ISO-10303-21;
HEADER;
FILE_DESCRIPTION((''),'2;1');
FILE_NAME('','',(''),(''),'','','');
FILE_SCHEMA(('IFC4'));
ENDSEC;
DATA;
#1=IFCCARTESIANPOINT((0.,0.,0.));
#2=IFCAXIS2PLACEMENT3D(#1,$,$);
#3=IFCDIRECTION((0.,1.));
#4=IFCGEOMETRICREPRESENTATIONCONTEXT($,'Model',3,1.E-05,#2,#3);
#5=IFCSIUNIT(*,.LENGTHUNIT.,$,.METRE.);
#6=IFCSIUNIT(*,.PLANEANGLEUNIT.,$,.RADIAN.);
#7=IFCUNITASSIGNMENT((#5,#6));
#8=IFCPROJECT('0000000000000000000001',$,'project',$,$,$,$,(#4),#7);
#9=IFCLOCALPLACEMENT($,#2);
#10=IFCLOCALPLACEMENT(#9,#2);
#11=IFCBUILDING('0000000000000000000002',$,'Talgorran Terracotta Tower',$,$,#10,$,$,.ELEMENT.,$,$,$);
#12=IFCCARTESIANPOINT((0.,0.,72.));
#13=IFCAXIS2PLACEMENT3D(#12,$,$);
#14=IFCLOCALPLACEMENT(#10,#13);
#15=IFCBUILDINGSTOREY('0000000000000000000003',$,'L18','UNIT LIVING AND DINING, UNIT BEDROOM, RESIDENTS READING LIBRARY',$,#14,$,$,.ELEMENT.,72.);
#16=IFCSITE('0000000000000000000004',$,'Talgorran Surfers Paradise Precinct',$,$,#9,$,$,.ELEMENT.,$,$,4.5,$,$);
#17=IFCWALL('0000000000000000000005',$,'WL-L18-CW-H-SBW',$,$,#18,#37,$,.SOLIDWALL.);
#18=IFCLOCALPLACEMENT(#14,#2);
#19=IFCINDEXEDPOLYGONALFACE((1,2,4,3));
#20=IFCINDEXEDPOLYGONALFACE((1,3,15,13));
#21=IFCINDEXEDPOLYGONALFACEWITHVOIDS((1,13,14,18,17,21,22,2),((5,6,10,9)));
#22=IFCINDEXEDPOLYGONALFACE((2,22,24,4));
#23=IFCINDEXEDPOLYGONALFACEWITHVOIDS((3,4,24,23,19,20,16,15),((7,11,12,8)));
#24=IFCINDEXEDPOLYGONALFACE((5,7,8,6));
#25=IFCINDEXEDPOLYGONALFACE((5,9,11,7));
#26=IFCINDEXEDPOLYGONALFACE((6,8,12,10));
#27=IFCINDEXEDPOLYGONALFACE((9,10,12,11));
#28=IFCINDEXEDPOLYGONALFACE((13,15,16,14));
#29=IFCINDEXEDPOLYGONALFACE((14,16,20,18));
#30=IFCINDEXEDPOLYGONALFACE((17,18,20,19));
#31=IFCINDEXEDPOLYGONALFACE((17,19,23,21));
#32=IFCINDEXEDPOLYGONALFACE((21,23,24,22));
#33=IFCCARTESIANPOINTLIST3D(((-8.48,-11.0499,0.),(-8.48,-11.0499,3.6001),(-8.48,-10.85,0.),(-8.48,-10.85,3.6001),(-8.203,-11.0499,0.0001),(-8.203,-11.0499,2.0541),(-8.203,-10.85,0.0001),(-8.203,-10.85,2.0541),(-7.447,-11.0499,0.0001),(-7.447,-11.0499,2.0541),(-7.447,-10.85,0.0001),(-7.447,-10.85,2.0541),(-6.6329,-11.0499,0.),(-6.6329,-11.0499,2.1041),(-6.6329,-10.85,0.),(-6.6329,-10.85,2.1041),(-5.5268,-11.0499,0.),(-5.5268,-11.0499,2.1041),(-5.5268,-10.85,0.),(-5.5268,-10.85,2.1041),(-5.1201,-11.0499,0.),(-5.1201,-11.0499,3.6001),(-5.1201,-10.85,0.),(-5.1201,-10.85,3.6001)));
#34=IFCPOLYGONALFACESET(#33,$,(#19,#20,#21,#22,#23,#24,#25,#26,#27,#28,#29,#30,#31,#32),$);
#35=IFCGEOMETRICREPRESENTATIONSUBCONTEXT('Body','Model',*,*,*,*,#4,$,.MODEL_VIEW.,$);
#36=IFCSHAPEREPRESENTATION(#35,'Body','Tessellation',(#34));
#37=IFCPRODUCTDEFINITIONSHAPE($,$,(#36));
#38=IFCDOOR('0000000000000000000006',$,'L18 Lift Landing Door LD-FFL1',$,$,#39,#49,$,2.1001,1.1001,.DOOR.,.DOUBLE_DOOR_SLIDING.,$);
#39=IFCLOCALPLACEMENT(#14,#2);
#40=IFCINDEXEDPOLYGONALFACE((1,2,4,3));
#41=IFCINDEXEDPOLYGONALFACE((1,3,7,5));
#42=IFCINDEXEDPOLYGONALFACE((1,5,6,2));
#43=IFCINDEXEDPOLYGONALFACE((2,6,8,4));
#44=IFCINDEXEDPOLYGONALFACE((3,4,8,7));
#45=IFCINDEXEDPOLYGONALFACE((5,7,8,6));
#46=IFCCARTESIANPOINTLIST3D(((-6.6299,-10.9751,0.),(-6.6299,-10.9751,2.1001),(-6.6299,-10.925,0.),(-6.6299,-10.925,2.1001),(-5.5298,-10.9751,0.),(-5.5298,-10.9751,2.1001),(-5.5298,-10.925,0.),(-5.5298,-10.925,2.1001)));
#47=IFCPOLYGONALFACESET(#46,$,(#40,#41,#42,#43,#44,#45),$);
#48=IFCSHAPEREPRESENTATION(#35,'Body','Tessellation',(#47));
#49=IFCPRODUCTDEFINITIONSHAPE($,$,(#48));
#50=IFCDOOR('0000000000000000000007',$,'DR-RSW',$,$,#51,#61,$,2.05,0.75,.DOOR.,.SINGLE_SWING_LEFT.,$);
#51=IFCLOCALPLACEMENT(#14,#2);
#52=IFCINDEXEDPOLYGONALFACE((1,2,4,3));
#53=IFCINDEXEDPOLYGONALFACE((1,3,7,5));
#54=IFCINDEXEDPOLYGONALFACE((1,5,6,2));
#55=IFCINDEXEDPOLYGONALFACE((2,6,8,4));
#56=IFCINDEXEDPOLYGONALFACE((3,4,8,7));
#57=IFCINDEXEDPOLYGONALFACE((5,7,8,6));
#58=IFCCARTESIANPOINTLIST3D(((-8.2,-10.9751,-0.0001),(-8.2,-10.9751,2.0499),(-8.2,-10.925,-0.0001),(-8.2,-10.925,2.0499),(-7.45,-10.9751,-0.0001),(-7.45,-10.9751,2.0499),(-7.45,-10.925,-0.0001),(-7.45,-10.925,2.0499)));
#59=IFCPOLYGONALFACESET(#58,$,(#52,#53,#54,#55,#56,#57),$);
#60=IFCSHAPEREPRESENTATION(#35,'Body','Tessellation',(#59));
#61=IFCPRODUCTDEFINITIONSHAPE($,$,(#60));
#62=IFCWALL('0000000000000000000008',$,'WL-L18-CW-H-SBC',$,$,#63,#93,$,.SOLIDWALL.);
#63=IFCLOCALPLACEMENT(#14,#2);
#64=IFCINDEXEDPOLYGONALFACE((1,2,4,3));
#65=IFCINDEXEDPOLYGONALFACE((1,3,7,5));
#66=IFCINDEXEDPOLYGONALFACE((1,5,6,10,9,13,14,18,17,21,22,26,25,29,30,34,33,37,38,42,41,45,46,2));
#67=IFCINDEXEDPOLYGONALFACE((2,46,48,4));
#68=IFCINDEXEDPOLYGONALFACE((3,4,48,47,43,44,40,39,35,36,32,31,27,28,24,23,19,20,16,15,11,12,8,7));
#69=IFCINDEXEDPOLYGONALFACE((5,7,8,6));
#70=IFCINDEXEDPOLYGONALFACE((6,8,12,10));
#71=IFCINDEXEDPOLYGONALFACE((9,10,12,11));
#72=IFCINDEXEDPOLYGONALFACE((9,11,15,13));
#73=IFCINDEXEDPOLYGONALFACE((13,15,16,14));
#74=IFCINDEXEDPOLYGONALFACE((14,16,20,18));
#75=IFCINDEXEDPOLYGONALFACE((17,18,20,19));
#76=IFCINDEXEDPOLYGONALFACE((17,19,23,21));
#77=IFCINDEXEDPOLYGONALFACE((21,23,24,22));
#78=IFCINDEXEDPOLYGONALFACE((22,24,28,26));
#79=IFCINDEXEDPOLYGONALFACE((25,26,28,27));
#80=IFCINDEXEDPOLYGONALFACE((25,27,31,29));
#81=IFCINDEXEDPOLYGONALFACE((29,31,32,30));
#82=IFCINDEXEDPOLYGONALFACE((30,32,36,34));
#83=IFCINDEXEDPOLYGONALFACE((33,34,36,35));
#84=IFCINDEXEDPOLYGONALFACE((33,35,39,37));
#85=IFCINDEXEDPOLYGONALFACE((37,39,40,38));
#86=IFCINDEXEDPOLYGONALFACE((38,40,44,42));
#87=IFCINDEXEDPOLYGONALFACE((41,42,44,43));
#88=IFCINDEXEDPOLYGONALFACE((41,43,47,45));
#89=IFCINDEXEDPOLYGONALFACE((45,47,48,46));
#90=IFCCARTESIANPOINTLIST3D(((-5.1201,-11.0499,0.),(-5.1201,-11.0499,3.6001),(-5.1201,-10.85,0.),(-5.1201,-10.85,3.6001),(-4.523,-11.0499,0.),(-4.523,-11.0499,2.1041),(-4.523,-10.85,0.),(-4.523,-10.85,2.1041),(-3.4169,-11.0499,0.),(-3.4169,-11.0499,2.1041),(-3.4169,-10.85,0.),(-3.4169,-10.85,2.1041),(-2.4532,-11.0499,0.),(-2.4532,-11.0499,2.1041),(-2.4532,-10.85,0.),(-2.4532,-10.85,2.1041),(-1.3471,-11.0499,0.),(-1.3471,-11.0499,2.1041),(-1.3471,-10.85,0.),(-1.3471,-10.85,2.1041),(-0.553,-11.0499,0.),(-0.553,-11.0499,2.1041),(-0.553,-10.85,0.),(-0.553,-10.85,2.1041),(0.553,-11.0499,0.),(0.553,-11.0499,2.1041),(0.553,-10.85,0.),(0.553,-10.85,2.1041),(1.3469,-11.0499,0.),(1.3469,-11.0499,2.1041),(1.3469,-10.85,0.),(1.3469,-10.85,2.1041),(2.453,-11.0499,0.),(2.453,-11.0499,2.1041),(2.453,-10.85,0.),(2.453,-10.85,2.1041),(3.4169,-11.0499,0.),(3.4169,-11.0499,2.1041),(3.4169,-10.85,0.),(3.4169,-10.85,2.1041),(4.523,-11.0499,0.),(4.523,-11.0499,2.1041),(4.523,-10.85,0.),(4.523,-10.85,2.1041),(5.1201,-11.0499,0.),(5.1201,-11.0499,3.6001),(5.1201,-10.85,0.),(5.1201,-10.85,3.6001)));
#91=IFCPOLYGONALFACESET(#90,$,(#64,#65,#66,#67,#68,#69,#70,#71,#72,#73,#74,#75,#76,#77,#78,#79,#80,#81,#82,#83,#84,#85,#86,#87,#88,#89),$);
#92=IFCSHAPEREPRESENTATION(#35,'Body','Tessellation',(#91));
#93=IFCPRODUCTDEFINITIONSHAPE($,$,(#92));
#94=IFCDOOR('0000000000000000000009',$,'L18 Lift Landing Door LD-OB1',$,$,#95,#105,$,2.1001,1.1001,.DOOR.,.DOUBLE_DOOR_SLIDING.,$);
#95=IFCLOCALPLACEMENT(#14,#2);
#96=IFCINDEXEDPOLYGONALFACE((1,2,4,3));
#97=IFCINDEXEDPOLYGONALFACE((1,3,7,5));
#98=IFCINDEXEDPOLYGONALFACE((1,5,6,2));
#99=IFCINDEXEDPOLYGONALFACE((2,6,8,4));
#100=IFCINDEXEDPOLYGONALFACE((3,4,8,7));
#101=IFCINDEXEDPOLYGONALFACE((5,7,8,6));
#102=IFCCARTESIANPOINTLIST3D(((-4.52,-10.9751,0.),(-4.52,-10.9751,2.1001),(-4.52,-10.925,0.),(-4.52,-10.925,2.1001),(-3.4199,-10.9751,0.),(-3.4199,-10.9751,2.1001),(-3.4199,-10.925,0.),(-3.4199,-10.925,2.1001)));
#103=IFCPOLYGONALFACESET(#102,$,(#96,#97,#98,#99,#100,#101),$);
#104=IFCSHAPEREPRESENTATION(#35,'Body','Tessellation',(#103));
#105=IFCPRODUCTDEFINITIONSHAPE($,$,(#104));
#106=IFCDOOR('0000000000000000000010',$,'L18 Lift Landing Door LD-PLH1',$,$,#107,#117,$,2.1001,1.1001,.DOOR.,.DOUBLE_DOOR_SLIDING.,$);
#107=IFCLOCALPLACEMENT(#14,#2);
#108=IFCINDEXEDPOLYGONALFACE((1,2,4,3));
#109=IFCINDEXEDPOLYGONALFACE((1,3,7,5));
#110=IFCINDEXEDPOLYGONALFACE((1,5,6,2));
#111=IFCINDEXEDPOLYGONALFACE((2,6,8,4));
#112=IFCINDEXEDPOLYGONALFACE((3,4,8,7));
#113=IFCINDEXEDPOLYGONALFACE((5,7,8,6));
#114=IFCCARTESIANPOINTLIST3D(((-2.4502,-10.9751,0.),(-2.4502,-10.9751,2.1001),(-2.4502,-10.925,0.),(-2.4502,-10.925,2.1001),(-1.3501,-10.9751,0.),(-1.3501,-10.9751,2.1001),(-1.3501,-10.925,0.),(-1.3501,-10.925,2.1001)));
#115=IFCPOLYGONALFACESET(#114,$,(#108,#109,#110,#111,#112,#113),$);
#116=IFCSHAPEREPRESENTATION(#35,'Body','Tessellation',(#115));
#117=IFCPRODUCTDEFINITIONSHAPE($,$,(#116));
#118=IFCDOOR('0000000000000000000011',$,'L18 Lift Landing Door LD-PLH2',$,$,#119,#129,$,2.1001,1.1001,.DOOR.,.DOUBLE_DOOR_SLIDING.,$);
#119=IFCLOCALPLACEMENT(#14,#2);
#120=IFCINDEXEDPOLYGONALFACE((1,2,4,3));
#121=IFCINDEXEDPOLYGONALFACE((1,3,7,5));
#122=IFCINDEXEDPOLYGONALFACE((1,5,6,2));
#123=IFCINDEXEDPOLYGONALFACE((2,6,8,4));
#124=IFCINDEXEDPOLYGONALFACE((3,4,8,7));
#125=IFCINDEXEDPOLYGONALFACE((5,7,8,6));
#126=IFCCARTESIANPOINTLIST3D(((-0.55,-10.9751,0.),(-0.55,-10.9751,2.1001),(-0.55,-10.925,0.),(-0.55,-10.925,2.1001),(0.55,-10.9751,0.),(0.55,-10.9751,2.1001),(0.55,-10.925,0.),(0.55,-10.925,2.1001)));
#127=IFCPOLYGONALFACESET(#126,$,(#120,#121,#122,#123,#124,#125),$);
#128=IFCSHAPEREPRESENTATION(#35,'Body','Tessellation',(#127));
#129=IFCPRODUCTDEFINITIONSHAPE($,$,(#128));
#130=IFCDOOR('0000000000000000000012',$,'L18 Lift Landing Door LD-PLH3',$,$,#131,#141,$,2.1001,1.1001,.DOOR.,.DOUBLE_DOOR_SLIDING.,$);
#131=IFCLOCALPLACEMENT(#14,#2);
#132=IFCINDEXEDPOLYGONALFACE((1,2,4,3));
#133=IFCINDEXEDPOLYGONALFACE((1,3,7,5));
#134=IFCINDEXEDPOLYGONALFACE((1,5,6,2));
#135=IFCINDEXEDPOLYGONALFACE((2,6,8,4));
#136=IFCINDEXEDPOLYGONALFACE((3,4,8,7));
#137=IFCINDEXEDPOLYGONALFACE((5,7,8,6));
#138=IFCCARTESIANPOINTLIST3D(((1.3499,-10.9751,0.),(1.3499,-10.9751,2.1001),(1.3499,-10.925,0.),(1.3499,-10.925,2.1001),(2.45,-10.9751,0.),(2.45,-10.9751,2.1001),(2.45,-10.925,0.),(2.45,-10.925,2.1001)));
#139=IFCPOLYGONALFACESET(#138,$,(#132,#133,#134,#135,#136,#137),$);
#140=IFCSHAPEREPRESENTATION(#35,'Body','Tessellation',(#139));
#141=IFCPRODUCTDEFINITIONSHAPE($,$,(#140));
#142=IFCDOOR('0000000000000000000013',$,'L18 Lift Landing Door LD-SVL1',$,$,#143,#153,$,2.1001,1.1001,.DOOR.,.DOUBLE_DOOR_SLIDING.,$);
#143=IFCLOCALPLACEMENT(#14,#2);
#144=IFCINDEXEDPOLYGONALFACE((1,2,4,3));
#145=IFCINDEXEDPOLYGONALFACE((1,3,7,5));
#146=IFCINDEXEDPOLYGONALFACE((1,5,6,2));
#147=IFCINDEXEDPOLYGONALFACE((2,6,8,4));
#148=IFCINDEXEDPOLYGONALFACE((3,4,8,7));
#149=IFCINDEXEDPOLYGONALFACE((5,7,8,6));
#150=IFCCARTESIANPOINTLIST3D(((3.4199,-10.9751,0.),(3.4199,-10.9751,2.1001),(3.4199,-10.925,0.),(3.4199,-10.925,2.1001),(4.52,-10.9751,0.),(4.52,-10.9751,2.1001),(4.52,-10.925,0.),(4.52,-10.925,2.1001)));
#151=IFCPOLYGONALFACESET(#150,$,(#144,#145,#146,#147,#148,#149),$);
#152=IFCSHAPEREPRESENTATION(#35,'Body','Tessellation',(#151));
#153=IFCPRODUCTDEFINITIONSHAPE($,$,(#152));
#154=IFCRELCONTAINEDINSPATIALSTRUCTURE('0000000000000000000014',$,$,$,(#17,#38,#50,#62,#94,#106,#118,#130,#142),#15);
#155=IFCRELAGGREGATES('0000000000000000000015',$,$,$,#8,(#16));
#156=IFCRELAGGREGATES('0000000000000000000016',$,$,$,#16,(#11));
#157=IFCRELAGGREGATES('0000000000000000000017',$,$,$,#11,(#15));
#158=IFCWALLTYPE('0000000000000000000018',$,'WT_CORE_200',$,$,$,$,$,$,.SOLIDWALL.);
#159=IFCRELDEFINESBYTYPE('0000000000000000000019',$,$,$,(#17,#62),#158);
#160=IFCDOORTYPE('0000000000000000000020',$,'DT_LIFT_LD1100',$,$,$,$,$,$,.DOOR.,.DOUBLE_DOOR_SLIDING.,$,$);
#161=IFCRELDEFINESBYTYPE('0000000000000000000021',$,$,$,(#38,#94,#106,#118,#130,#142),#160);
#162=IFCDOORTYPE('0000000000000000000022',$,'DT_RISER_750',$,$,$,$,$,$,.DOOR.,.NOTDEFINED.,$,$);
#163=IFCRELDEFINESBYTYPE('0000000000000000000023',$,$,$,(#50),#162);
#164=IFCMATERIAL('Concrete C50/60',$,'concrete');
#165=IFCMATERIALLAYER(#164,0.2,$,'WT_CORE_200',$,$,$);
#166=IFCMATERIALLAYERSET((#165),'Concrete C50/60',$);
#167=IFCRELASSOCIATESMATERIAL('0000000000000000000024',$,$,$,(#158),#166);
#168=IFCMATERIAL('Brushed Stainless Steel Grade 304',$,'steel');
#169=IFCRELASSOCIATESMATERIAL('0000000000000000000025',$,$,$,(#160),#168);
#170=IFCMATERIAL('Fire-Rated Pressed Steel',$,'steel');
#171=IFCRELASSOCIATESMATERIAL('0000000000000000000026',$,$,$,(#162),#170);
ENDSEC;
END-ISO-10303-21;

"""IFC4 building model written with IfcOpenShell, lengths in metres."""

from ifc_helpers import new_model, si_unit, direction, frame, frame_2d, origin, place, context, subcontext, project, spatial, rectangle, extrude, material, layer, layer_set, type_object, element, fill, save


model = new_model("IFC4")

# Units and contexts
model_context = context("Model", 3, precision=1e-05, world=origin(), true_north=direction((0.0, 1.0)))
body_context = subcontext(model_context, "Body", "Model", "MODEL_VIEW")
ifc_project = project(units=[si_unit("LENGTHUNIT", "METRE"), si_unit("PLANEANGLEUNIT", "RADIAN")], contexts=[model_context])

# Site, building, storey
site_placement = place(None, origin())
site = spatial("IfcSite", under=ifc_project, at=site_placement, Name="Talgorran Surfers Paradise Precinct", CompositionType="ELEMENT", RefElevation=4.5)
building_placement = place(site_placement, origin())
building = spatial("IfcBuilding", under=site, at=building_placement, Name="Talgorran Terracotta Tower", CompositionType="ELEMENT")
storey_placement = place(building_placement, frame((0.0, 0.0, 72.0)))
storey = spatial("IfcBuildingStorey", under=building, at=storey_placement, Name="L18", Description="UNIT LIVING AND DINING, UNIT BEDROOM, RESIDENTS READING LIBRARY", CompositionType="ELEMENT", Elevation=72.0)

# Shared definitions
ifc_material_1 = material(Name="Concrete C50/60", Category="concrete")
ifc_layer_1 = layer(ifc_material_1, 0.2, Name="WT_CORE_200")
ifc_layer_set_1 = layer_set([ifc_layer_1], Name="Concrete C50/60")
wall_type_1 = type_object("IfcWallType", Name="WT_CORE_200", PredefinedType="SOLIDWALL", material=ifc_layer_set_1)

# Walls, openings, doors
wall_1_placement = place(storey_placement, frame((-8.48, -10.95, 0.0), z_axis=(0.0, 0.0, 1.0), x_axis=(1.0, 0.0, 0.0)))
wall_1 = element("IfcWall", 1, at=wall_1_placement, inside=storey, type_object=wall_type_1, Name="WL-L18-CW-H-SBW", PredefinedType="SOLIDWALL", context=body_context, shape_type="SweptSolid", body=[
    extrude(rectangle(XDim=3.3599, YDim=0.2, at=frame_2d((1.6799, 0.0))), origin(), (0.0, 0.0, 1.0), 3.6001),
])
opening_1_placement = place(wall_1_placement, frame((0.28, 0.0, 0.0)))
opening_1 = element("IfcOpeningElement", 2, at=opening_1_placement, cuts=wall_1, PredefinedType="OPENING", context=body_context, shape_type="SweptSolid", body=[
    extrude(rectangle(XDim=0.756, YDim=2.054, at=frame_2d((0.375, 1.0271))), frame((0.0, 0.1099, 0.0), z_axis=(0.0, -1.0, 0.0), x_axis=(1.0, 0.0, 0.0)), (0.0, 0.0, 1.0), 0.22),
])
opening_2_placement = place(wall_1_placement, frame((1.8501, 0.0, 0.0)))
opening_2 = element("IfcOpeningElement", 3, at=opening_2_placement, cuts=wall_1, PredefinedType="OPENING", context=body_context, shape_type="SweptSolid", body=[
    extrude(rectangle(XDim=1.1061, YDim=2.1041, at=frame_2d((0.55, 1.052))), frame((0.0, 0.1099, 0.0), z_axis=(0.0, -1.0, 0.0), x_axis=(1.0, 0.0, 0.0)), (0.0, 0.0, 1.0), 0.22),
])
ifc_material_2 = material(Name="Brushed Stainless Steel Grade 304", Category="steel")
door_type_1 = type_object("IfcDoorType", Name="DT_LIFT_LD1100", OperationType="DOUBLE_DOOR_SLIDING", PredefinedType="DOOR", material=ifc_material_2)
door_1_placement = place(opening_2_placement, origin())
door_1 = element("IfcDoor", 4, at=door_1_placement, inside=storey, type_object=door_type_1, Name="L18 Lift Landing Door LD-FFL1", OperationType="DOUBLE_DOOR_SLIDING", OverallHeight=2.1001, OverallWidth=1.1001, PredefinedType="DOOR", context=body_context, shape_type="SweptSolid", body=[
    extrude(rectangle(XDim=1.1001, YDim=2.1001, at=frame_2d((0.55, 1.05))), frame((0.0, 0.0249, 0.0), z_axis=(0.0, -1.0, 0.0), x_axis=(1.0, 0.0, 0.0)), (0.0, 0.0, 1.0), 0.05),
])
fill(opening_2, door_1)
ifc_material_3 = material(Name="Fire-Rated Pressed Steel", Category="steel")
door_type_2 = type_object("IfcDoorType", Name="DT_RISER_750", OperationType="NOTDEFINED", PredefinedType="DOOR", material=ifc_material_3)
door_2_placement = place(opening_1_placement, origin())
door_2 = element("IfcDoor", 5, at=door_2_placement, inside=storey, type_object=door_type_2, Name="DR-RSW", OperationType="SINGLE_SWING_LEFT", OverallHeight=2.05, OverallWidth=0.75, PredefinedType="DOOR", context=body_context, shape_type="SweptSolid", body=[
    extrude(rectangle(XDim=0.75, YDim=2.05, at=frame_2d((0.375, 1.0249))), frame((0.0, 0.0249, 0.0), z_axis=(0.0, -1.0, 0.0), x_axis=(1.0, 0.0, 0.0)), (0.0, 0.0, 1.0), 0.05),
])
fill(opening_1, door_2)
wall_2_placement = place(storey_placement, frame((-5.1201, -10.95, 0.0), z_axis=(0.0, 0.0, 1.0), x_axis=(1.0, 0.0, 0.0)))
wall_2 = element("IfcWall", 6, at=wall_2_placement, inside=storey, type_object=wall_type_1, Name="WL-L18-CW-H-SBC", PredefinedType="SOLIDWALL", context=body_context, shape_type="SweptSolid", body=[
    extrude(rectangle(XDim=10.2402, YDim=0.2, at=frame_2d((5.1201, 0.0))), origin(), (0.0, 0.0, 1.0), 3.6001),
])
opening_3_placement = place(wall_2_placement, frame((0.6001, 0.0, 0.0)))
opening_3 = element("IfcOpeningElement", 7, at=opening_3_placement, cuts=wall_2, PredefinedType="OPENING", context=body_context, shape_type="SweptSolid", body=[
    extrude(rectangle(XDim=1.1061, YDim=2.1041, at=frame_2d((0.55, 1.052))), frame((0.0, 0.1099, 0.0), z_axis=(0.0, -1.0, 0.0), x_axis=(1.0, 0.0, 0.0)), (0.0, 0.0, 1.0), 0.22),
])
opening_4_placement = place(wall_2_placement, frame((2.6699, 0.0, 0.0)))
opening_4 = element("IfcOpeningElement", 8, at=opening_4_placement, cuts=wall_2, PredefinedType="OPENING", context=body_context, shape_type="SweptSolid", body=[
    extrude(rectangle(XDim=1.1061, YDim=2.1041, at=frame_2d((0.55, 1.052))), frame((0.0, 0.1099, 0.0), z_axis=(0.0, -1.0, 0.0), x_axis=(1.0, 0.0, 0.0)), (0.0, 0.0, 1.0), 0.22),
])
opening_5_placement = place(wall_2_placement, frame((4.5701, 0.0, 0.0)))
opening_5 = element("IfcOpeningElement", 9, at=opening_5_placement, cuts=wall_2, PredefinedType="OPENING", context=body_context, shape_type="SweptSolid", body=[
    extrude(rectangle(XDim=1.1061, YDim=2.1041, at=frame_2d((0.55, 1.052))), frame((0.0, 0.1099, 0.0), z_axis=(0.0, -1.0, 0.0), x_axis=(1.0, 0.0, 0.0)), (0.0, 0.0, 1.0), 0.22),
])
opening_6_placement = place(wall_2_placement, frame((6.47, 0.0, 0.0)))
opening_6 = element("IfcOpeningElement", 10, at=opening_6_placement, cuts=wall_2, PredefinedType="OPENING", context=body_context, shape_type="SweptSolid", body=[
    extrude(rectangle(XDim=1.1061, YDim=2.1041, at=frame_2d((0.55, 1.052))), frame((0.0, 0.1099, 0.0), z_axis=(0.0, -1.0, 0.0), x_axis=(1.0, 0.0, 0.0)), (0.0, 0.0, 1.0), 0.22),
])
opening_7_placement = place(wall_2_placement, frame((8.54, 0.0, 0.0)))
opening_7 = element("IfcOpeningElement", 11, at=opening_7_placement, cuts=wall_2, PredefinedType="OPENING", context=body_context, shape_type="SweptSolid", body=[
    extrude(rectangle(XDim=1.1061, YDim=2.1041, at=frame_2d((0.55, 1.052))), frame((0.0, 0.1099, 0.0), z_axis=(0.0, -1.0, 0.0), x_axis=(1.0, 0.0, 0.0)), (0.0, 0.0, 1.0), 0.22),
])
door_3_placement = place(opening_3_placement, origin())
door_3 = element("IfcDoor", 12, at=door_3_placement, inside=storey, type_object=door_type_1, Name="L18 Lift Landing Door LD-OB1", OperationType="DOUBLE_DOOR_SLIDING", OverallHeight=2.1001, OverallWidth=1.1001, PredefinedType="DOOR", context=body_context, shape_type="SweptSolid", body=[
    extrude(rectangle(XDim=1.1001, YDim=2.1001, at=frame_2d((0.55, 1.05))), frame((0.0, 0.0249, 0.0), z_axis=(0.0, -1.0, 0.0), x_axis=(1.0, 0.0, 0.0)), (0.0, 0.0, 1.0), 0.05),
])
fill(opening_3, door_3)
door_4_placement = place(opening_4_placement, origin())
door_4 = element("IfcDoor", 13, at=door_4_placement, inside=storey, type_object=door_type_1, Name="L18 Lift Landing Door LD-PLH1", OperationType="DOUBLE_DOOR_SLIDING", OverallHeight=2.1001, OverallWidth=1.1001, PredefinedType="DOOR", context=body_context, shape_type="SweptSolid", body=[
    extrude(rectangle(XDim=1.1001, YDim=2.1001, at=frame_2d((0.55, 1.05))), frame((0.0, 0.0249, 0.0), z_axis=(0.0, -1.0, 0.0), x_axis=(1.0, 0.0, 0.0)), (0.0, 0.0, 1.0), 0.05),
])
fill(opening_4, door_4)
door_5_placement = place(opening_5_placement, origin())
door_5 = element("IfcDoor", 14, at=door_5_placement, inside=storey, type_object=door_type_1, Name="L18 Lift Landing Door LD-PLH2", OperationType="DOUBLE_DOOR_SLIDING", OverallHeight=2.1001, OverallWidth=1.1001, PredefinedType="DOOR", context=body_context, shape_type="SweptSolid", body=[
    extrude(rectangle(XDim=1.1001, YDim=2.1001, at=frame_2d((0.55, 1.05))), frame((0.0, 0.0249, 0.0), z_axis=(0.0, -1.0, 0.0), x_axis=(1.0, 0.0, 0.0)), (0.0, 0.0, 1.0), 0.05),
])
fill(opening_5, door_5)
door_6_placement = place(opening_6_placement, origin())
door_6 = element("IfcDoor", 15, at=door_6_placement, inside=storey, type_object=door_type_1, Name="L18 Lift Landing Door LD-PLH3", OperationType="DOUBLE_DOOR_SLIDING", OverallHeight=2.1001, OverallWidth=1.1001, PredefinedType="DOOR", context=body_context, shape_type="SweptSolid", body=[
    extrude(rectangle(XDim=1.1001, YDim=2.1001, at=frame_2d((0.55, 1.05))), frame((0.0, 0.0249, 0.0), z_axis=(0.0, -1.0, 0.0), x_axis=(1.0, 0.0, 0.0)), (0.0, 0.0, 1.0), 0.05),
])
fill(opening_6, door_6)
door_7_placement = place(opening_7_placement, origin())
door_7 = element("IfcDoor", 16, at=door_7_placement, inside=storey, type_object=door_type_1, Name="L18 Lift Landing Door LD-SVL1", OperationType="DOUBLE_DOOR_SLIDING", OverallHeight=2.1001, OverallWidth=1.1001, PredefinedType="DOOR", context=body_context, shape_type="SweptSolid", body=[
    extrude(rectangle(XDim=1.1001, YDim=2.1001, at=frame_2d((0.55, 1.05))), frame((0.0, 0.0249, 0.0), z_axis=(0.0, -1.0, 0.0), x_axis=(1.0, 0.0, 0.0)), (0.0, 0.0, 1.0), 0.05),
])
fill(opening_7, door_7)

save(model, "model.ifc")
